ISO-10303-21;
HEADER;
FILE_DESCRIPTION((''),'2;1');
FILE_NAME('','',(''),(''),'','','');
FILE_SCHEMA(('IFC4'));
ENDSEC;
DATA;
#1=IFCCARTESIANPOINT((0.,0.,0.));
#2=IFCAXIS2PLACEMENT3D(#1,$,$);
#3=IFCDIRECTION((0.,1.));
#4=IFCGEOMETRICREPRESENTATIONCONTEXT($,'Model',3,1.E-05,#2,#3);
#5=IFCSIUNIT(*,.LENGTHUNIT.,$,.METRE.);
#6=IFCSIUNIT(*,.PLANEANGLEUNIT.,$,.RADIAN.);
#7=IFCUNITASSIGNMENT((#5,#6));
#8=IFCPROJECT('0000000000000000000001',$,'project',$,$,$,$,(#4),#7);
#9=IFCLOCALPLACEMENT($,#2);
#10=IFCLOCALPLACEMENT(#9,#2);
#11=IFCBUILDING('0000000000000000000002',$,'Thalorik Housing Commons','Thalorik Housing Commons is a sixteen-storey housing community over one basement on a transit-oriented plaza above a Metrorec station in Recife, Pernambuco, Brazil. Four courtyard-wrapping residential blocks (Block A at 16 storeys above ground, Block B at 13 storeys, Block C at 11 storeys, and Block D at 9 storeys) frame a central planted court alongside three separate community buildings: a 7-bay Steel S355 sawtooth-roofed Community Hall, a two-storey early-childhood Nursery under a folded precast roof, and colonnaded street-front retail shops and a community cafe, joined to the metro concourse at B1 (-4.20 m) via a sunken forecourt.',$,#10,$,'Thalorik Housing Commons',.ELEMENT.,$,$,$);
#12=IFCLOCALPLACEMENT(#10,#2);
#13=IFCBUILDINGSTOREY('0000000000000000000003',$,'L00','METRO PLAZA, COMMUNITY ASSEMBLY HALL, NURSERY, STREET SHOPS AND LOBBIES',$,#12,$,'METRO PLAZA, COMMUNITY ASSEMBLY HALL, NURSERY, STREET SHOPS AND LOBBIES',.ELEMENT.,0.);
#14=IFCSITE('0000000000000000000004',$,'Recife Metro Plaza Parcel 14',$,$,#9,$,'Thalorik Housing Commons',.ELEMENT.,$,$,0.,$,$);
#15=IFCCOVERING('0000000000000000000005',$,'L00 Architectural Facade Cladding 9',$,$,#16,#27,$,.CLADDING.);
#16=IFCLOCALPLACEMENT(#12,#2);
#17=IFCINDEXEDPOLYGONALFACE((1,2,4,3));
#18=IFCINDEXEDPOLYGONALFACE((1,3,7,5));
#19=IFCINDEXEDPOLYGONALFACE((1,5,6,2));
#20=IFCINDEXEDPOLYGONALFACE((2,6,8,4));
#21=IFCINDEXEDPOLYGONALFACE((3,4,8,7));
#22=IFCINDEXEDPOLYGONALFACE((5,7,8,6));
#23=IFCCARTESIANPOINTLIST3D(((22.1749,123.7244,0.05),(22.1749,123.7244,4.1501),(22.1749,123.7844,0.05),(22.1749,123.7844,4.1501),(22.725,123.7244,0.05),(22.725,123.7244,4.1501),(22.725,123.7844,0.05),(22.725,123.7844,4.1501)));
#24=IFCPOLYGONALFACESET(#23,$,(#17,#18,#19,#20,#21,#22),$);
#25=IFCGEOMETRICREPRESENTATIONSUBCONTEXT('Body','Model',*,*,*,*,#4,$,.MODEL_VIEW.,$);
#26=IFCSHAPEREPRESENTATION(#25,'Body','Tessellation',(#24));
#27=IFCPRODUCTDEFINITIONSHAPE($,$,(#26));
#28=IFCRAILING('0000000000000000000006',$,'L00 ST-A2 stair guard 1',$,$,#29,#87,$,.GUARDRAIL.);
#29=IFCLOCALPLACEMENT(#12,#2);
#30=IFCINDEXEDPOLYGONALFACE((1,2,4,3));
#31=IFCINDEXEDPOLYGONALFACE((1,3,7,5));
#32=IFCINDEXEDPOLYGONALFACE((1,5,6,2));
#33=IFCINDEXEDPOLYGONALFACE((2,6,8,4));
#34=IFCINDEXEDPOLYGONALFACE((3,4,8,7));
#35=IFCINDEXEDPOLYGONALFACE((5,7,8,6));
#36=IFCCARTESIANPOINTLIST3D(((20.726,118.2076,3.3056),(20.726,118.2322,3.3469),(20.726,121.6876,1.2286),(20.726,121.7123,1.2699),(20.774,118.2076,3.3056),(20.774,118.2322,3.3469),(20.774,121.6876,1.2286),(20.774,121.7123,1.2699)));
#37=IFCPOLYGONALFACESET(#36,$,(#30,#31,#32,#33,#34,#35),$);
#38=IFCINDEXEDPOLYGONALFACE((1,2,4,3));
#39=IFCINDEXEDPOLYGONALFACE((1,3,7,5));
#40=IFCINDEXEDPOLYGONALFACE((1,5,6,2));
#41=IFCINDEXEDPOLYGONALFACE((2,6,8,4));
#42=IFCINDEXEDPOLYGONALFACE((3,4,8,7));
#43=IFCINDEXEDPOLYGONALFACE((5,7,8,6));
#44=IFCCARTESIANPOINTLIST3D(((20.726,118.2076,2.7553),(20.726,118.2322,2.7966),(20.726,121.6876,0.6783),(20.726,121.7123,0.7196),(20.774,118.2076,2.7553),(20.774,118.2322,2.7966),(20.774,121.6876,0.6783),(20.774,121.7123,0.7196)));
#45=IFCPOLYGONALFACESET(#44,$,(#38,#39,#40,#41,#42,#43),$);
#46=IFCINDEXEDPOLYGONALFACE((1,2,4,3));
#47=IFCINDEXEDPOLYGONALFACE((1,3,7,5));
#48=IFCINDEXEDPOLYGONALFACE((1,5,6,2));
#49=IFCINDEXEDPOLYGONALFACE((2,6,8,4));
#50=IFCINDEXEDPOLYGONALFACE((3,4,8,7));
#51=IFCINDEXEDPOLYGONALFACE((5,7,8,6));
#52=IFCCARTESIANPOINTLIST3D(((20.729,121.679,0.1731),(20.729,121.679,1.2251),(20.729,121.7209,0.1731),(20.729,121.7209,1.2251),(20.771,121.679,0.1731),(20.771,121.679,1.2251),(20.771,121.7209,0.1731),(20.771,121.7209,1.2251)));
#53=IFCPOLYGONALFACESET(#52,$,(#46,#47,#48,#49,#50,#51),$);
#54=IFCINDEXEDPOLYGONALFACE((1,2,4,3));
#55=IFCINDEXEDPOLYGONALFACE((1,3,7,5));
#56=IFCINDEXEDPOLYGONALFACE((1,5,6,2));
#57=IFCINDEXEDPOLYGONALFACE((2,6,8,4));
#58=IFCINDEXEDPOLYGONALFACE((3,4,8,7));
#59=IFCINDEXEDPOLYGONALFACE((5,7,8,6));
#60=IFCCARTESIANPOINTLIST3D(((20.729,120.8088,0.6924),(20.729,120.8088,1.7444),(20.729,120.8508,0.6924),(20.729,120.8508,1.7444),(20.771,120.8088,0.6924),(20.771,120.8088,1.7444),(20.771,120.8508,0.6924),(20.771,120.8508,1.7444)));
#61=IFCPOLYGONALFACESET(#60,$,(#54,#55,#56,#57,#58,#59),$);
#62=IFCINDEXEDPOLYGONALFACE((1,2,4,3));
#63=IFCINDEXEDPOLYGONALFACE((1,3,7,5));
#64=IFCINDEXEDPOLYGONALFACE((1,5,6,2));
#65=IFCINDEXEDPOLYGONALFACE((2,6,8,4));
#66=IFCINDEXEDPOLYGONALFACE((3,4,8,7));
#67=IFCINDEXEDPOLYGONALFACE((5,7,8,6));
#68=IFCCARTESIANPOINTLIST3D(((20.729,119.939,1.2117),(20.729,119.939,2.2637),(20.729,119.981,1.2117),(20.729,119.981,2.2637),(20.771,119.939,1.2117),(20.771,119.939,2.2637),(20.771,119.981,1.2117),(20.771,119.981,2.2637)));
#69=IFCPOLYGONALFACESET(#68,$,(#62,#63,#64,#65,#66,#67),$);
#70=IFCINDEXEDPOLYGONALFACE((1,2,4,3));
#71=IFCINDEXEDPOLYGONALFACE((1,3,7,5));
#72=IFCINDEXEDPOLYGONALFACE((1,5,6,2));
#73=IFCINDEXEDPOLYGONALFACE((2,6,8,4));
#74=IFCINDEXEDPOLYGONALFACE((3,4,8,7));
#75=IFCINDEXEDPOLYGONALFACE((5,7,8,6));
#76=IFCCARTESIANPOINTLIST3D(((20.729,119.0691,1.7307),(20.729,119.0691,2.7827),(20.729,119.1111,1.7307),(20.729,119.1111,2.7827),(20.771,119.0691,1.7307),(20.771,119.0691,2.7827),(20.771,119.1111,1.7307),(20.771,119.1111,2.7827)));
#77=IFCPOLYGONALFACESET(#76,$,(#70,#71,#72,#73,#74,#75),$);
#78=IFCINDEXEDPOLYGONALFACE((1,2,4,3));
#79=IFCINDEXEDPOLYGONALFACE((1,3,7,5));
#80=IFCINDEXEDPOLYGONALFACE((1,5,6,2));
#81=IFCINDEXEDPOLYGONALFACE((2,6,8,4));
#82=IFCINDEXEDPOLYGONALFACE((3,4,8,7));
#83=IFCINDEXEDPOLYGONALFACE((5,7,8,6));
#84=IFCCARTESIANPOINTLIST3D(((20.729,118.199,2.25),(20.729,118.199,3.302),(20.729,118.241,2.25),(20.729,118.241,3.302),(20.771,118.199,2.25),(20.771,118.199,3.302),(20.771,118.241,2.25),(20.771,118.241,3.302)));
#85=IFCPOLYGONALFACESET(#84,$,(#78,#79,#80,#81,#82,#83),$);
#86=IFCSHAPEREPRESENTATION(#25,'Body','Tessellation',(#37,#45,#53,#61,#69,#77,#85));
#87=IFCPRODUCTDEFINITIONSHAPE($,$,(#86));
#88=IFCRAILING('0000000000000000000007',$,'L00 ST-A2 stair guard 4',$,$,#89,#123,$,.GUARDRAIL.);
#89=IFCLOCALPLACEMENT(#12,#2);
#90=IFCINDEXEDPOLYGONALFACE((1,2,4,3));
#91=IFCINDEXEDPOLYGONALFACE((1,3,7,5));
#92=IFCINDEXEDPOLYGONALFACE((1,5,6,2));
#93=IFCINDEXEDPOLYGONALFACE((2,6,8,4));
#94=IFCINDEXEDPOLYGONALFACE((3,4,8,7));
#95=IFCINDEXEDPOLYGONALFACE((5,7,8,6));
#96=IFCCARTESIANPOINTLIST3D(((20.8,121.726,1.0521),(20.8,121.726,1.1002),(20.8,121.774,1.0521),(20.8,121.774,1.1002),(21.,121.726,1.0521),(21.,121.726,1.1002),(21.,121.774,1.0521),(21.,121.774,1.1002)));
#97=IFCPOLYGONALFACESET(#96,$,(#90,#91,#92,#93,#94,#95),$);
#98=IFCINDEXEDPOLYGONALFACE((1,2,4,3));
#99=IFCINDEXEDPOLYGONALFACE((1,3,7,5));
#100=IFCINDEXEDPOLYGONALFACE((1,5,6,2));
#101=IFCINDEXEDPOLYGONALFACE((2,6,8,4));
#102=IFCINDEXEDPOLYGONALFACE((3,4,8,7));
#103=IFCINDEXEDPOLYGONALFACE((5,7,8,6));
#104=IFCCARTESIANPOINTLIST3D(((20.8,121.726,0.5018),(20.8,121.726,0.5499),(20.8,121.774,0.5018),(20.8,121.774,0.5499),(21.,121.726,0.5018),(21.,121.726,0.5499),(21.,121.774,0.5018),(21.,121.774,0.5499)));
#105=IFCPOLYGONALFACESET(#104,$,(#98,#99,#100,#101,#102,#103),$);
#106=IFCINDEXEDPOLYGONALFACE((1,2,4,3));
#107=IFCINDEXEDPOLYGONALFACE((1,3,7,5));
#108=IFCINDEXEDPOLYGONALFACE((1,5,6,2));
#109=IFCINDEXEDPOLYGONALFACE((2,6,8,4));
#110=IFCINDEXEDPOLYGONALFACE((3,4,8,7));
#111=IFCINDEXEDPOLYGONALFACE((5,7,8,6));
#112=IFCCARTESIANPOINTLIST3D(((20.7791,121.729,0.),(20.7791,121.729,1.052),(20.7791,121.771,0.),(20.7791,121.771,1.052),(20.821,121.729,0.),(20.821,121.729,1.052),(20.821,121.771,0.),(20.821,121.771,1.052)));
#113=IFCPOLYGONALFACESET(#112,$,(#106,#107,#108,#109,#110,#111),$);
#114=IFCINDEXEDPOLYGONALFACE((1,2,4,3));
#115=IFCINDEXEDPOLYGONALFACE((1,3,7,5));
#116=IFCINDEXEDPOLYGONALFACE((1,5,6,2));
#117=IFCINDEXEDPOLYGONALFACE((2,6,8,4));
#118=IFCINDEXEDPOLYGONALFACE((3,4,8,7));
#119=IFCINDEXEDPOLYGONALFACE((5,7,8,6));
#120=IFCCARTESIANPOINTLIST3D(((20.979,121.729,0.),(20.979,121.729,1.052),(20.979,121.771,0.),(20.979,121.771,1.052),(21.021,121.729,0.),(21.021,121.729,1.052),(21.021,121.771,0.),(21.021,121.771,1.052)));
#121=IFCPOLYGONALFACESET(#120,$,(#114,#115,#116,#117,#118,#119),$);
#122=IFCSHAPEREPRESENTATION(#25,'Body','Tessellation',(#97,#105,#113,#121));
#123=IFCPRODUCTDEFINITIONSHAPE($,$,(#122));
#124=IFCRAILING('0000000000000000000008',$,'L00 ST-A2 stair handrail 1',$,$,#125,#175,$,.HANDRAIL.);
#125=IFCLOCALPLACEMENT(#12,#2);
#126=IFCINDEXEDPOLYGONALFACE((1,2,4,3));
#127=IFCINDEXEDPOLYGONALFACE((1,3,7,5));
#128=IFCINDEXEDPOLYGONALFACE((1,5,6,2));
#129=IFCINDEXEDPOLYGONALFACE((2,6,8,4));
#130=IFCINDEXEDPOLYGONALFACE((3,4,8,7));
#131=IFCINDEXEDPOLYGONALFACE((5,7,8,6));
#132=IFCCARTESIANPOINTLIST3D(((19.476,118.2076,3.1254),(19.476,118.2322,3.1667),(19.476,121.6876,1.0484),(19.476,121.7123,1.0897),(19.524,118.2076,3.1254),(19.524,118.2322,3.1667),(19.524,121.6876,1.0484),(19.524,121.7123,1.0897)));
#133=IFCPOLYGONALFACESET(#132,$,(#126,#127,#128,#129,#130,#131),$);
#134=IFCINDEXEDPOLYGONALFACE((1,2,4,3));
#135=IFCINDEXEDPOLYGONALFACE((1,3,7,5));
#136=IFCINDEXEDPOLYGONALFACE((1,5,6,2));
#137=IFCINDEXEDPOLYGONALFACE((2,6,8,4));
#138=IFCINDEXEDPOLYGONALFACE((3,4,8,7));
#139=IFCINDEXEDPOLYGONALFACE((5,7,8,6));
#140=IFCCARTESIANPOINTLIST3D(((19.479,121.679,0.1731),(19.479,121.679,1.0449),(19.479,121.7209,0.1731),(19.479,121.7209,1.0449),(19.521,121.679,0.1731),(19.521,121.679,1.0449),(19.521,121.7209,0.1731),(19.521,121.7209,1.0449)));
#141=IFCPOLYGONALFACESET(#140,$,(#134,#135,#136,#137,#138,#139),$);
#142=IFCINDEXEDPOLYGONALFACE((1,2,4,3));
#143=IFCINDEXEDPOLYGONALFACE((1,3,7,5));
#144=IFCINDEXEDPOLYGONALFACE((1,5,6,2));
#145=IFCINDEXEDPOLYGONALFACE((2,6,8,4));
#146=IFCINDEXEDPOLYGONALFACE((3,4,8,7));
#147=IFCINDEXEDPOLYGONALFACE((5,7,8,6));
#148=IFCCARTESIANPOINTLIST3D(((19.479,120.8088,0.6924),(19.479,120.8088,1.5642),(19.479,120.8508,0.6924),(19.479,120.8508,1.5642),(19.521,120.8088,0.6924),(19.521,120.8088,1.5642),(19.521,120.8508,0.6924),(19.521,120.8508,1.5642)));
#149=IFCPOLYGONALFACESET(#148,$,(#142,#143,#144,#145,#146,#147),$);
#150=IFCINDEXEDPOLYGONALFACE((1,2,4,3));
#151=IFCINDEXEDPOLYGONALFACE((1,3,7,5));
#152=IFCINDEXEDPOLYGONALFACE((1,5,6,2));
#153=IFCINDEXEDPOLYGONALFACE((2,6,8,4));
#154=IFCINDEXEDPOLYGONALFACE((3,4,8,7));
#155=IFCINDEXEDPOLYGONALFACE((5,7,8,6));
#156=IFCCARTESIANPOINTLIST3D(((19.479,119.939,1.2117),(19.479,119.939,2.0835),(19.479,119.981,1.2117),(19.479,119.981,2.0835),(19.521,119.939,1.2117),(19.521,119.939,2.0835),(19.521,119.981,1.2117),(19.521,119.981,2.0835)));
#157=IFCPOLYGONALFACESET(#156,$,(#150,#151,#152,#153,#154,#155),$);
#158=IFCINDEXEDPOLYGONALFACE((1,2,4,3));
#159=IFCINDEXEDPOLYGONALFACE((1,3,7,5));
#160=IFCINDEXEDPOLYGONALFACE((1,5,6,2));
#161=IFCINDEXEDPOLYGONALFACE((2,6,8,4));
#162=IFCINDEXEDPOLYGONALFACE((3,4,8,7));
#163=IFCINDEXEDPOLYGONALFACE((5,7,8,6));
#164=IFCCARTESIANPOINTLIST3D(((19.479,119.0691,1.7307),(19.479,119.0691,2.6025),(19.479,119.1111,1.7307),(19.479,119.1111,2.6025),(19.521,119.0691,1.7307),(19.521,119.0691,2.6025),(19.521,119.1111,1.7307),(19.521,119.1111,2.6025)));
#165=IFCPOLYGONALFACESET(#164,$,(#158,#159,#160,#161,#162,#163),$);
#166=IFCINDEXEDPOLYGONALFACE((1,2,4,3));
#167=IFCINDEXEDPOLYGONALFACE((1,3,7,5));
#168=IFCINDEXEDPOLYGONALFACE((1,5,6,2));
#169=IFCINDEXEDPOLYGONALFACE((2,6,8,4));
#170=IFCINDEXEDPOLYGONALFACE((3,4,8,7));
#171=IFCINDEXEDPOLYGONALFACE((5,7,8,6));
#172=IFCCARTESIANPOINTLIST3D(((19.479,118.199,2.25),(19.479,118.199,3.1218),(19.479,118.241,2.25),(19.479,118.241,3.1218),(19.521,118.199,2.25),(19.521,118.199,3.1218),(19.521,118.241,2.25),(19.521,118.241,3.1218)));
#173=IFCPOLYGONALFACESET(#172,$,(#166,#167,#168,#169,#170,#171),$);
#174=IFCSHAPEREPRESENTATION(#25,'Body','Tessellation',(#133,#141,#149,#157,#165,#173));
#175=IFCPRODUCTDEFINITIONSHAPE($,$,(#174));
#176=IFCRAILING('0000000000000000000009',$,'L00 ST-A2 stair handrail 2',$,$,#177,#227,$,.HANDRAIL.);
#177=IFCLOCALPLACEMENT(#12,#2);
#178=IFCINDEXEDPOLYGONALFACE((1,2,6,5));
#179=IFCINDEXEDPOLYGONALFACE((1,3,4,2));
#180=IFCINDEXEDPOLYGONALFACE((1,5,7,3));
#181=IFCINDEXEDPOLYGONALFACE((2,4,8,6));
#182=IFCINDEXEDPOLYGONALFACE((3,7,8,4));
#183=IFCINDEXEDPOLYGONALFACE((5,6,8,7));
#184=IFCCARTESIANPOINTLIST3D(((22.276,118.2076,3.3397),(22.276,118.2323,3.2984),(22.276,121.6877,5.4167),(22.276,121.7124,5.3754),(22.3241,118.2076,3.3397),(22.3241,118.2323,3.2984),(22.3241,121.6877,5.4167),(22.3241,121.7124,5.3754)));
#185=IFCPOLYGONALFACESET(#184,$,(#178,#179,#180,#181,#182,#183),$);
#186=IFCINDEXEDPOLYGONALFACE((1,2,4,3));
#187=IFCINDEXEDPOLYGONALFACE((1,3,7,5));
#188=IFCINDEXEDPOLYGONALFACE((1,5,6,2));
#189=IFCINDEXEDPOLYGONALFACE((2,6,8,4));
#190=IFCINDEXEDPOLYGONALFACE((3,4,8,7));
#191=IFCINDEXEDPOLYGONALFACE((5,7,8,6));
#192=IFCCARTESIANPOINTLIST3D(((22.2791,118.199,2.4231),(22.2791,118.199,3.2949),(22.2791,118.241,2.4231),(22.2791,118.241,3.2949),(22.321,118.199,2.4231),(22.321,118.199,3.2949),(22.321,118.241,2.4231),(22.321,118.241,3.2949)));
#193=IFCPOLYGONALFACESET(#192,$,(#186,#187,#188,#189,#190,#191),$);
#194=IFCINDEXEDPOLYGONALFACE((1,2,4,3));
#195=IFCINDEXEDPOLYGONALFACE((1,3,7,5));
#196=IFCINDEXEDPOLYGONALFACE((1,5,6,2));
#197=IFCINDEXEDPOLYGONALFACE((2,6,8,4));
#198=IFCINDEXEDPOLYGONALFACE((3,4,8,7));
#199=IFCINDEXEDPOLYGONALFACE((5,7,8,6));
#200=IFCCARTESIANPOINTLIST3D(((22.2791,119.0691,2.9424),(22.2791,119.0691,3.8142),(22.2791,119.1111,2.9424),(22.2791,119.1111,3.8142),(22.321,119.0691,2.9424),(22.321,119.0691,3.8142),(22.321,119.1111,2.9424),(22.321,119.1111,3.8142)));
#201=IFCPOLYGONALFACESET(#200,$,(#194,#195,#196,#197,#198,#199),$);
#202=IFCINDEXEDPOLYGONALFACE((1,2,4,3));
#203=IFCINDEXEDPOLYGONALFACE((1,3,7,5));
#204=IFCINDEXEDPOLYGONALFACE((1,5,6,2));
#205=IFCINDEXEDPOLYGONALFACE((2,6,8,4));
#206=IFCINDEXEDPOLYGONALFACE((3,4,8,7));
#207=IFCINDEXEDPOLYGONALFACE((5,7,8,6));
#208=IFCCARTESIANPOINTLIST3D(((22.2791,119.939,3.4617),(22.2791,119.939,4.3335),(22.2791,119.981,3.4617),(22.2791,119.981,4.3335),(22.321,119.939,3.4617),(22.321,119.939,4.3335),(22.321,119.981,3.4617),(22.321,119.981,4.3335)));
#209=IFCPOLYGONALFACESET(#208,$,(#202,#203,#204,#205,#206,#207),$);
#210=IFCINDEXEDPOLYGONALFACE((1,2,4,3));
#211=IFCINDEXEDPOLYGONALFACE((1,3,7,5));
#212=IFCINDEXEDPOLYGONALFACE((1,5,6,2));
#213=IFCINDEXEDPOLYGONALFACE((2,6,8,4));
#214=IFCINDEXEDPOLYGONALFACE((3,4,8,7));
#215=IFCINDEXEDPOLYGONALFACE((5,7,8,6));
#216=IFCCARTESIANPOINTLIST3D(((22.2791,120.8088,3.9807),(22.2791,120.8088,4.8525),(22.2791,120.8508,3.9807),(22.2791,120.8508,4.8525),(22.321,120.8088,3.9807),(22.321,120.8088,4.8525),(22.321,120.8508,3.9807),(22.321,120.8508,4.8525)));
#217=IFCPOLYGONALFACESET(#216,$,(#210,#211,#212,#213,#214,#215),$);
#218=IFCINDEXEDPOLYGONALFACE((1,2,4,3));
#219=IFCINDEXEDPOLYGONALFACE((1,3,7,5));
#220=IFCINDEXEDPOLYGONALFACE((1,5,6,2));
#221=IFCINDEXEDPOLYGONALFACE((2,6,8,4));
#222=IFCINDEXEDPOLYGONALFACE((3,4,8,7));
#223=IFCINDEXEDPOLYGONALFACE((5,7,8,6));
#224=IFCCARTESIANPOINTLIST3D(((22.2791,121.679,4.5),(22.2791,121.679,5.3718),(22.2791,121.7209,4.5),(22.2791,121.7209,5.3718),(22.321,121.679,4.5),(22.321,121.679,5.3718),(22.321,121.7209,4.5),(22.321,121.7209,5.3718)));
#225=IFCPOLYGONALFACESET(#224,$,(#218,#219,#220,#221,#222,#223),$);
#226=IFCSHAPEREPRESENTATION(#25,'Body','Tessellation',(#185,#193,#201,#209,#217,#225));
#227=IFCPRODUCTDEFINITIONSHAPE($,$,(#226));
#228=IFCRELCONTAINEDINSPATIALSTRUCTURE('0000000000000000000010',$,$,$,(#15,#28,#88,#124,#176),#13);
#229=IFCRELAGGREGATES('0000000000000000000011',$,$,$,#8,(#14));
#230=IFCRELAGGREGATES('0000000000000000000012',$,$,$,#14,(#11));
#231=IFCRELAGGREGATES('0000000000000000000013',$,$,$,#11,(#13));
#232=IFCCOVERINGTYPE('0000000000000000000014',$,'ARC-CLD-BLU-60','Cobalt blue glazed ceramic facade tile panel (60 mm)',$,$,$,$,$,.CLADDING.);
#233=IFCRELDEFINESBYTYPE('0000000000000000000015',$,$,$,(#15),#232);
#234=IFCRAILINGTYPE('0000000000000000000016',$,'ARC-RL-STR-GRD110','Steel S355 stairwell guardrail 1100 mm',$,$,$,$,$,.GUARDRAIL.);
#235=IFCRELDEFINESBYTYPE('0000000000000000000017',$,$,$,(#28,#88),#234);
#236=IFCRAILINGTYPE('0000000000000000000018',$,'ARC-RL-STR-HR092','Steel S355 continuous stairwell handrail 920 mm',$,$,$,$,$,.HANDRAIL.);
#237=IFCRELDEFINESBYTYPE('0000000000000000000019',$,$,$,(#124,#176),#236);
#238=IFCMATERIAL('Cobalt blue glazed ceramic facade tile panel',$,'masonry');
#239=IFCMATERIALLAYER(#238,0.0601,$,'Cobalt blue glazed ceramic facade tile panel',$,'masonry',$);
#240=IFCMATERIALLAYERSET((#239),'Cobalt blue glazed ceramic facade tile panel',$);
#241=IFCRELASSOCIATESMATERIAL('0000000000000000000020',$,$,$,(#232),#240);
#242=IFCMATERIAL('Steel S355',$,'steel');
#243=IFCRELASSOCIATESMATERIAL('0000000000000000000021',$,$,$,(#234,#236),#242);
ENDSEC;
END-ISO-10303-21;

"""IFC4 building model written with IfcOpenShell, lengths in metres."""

from ifc_helpers import new_model, si_unit, direction, frame, origin, origin_2d, place, context, subcontext, project, spatial, rectangle, extrude, material, layer, layer_set, type_object, element, save


model = new_model("IFC4")

# Units and contexts
model_context = context("Model", 3, precision=1e-05, world=origin(), true_north=direction((0.0, 1.0)))
body_context = subcontext(model_context, "Body", "Model", "MODEL_VIEW")
ifc_project = project(units=[si_unit("LENGTHUNIT", "METRE"), si_unit("PLANEANGLEUNIT", "RADIAN")], contexts=[model_context])

# Site, building, storey
site_placement = place(None, origin())
site = spatial("IfcSite", under=ifc_project, at=site_placement, Name="Recife Metro Plaza Parcel 14", LongName="Thalorik Housing Commons", CompositionType="ELEMENT", RefElevation=0.0)
building_placement = place(site_placement, origin())
building = spatial("IfcBuilding", under=site, at=building_placement, Name="Thalorik Housing Commons", Description="Thalorik Housing Commons is a sixteen-storey housing community over one basement on a transit-oriented plaza above a Metrorec station in Recife, Pernambuco, Brazil. Four courtyard-wrapping residential blocks (Block A at 16 storeys above ground, Block B at 13 storeys, Block C at 11 storeys, and Block D at 9 storeys) frame a central planted court alongside three separate community buildings: a 7-bay Steel S355 sawtooth-roofed Community Hall, a two-storey early-childhood Nursery under a folded precast roof, and colonnaded street-front retail shops and a community cafe, joined to the metro concourse at B1 (-4.20 m) via a sunken forecourt.", LongName="Thalorik Housing Commons", CompositionType="ELEMENT")
storey_placement = place(building_placement, origin())
storey = spatial("IfcBuildingStorey", under=building, at=storey_placement, Name="L00", Description="METRO PLAZA, COMMUNITY ASSEMBLY HALL, NURSERY, STREET SHOPS AND LOBBIES", LongName="METRO PLAZA, COMMUNITY ASSEMBLY HALL, NURSERY, STREET SHOPS AND LOBBIES", CompositionType="ELEMENT", Elevation=0.0)

# Shared definitions
ifc_material_1 = material(Name="Steel S355", Category="steel")

# Covering
ifc_material_2 = material(Name="Cobalt blue glazed ceramic facade tile panel", Category="masonry")
ifc_layer_1 = layer(ifc_material_2, 0.0601, Name="Cobalt blue glazed ceramic facade tile panel", Category="masonry")
ifc_layer_set_1 = layer_set([ifc_layer_1], Name="Cobalt blue glazed ceramic facade tile panel")
covering_type = type_object("IfcCoveringType", Name="ARC-CLD-BLU-60", Description="Cobalt blue glazed ceramic facade tile panel (60 mm)", PredefinedType="CLADDING", material=ifc_layer_set_1)
covering_placement = place(storey_placement, frame((22.45, 123.7544, 0.05), z_axis=(0.0, 0.0, 1.0), x_axis=(-1.0, 0.0, 0.0)))
element("IfcCovering", 1, at=covering_placement, inside=storey, type_object=covering_type, Name="L00 Architectural Facade Cladding 9", PredefinedType="CLADDING", context=body_context, shape_type="SweptSolid", body=[
    extrude(rectangle(XDim=0.55, YDim=0.0601, at=origin_2d()), origin(), (0.0, 0.0, 1.0), 4.1001),
])

# Railings
railing_type_1 = type_object("IfcRailingType", Name="ARC-RL-STR-GRD110", Description="Steel S355 stairwell guardrail 1100 mm", PredefinedType="GUARDRAIL", material=ifc_material_1)
railing_1_placement = place(storey_placement, frame((20.75, 121.7, 0.1731)))
element("IfcRailing", 2, at=railing_1_placement, inside=storey, type_object=railing_type_1, Name="L00 ST-A2 stair guard 1", PredefinedType="GUARDRAIL", context=body_context, shape_type="SweptSolid", body=[
    extrude(rectangle(XDim=0.0481, YDim=0.0481, at=origin_2d()), frame((0.0, 0.0, 1.0762), z_axis=(0.0, -0.858697, 0.512483), x_axis=(1.0, 0.0, 0.0)), (0.0, 0.0, 1.0), 4.0527),
    extrude(rectangle(XDim=0.0481, YDim=0.0481, at=origin_2d()), frame((0.0, 0.0, 0.5259), z_axis=(0.0, -0.858697, 0.512483), x_axis=(1.0, 0.0, 0.0)), (0.0, 0.0, 1.0), 4.0527),
    extrude(rectangle(XDim=0.042, YDim=0.042, at=origin_2d()), origin(), (0.0, 0.0, 1.0), 1.052),
    extrude(rectangle(XDim=0.042, YDim=0.042, at=origin_2d()), frame((0.0, -0.8701, 0.5193)), (0.0, 0.0, 1.0), 1.052),
    extrude(rectangle(XDim=0.042, YDim=0.042, at=origin_2d()), frame((0.0, -1.74, 1.0386)), (0.0, 0.0, 1.0), 1.052),
    extrude(rectangle(XDim=0.042, YDim=0.042, at=origin_2d()), frame((0.0, -2.6099, 1.5576)), (0.0, 0.0, 1.0), 1.052),
    extrude(rectangle(XDim=0.042, YDim=0.042, at=origin_2d()), frame((0.0, -3.48, 2.0769)), (0.0, 0.0, 1.0), 1.052),
])
railing_2_placement = place(storey_placement, frame((20.8, 121.75, 0.0)))
element("IfcRailing", 3, at=railing_2_placement, inside=storey, type_object=railing_type_1, Name="L00 ST-A2 stair guard 4", PredefinedType="GUARDRAIL", context=body_context, shape_type="SweptSolid", body=[
    extrude(rectangle(XDim=0.0481, YDim=0.0481, at=origin_2d()), frame((0.0, 0.0, 1.0762), z_axis=(1.0, 0.0, 0.0), x_axis=(0.0, 1.0, 0.0)), (0.0, 0.0, 1.0), 0.2),
    extrude(rectangle(XDim=0.0481, YDim=0.0481, at=origin_2d()), frame((0.0, 0.0, 0.5259), z_axis=(1.0, 0.0, 0.0), x_axis=(0.0, 1.0, 0.0)), (0.0, 0.0, 1.0), 0.2),
    extrude(rectangle(XDim=0.042, YDim=0.042, at=origin_2d()), origin(), (0.0, 0.0, 1.0), 1.052),
    extrude(rectangle(XDim=0.042, YDim=0.042, at=origin_2d()), frame((0.2, 0.0, 0.0)), (0.0, 0.0, 1.0), 1.052),
])
railing_type_2 = type_object("IfcRailingType", Name="ARC-RL-STR-HR092", Description="Steel S355 continuous stairwell handrail 920 mm", PredefinedType="HANDRAIL", material=ifc_material_1)
railing_3_placement = place(storey_placement, frame((19.5, 121.7, 0.1731)))
element("IfcRailing", 4, at=railing_3_placement, inside=storey, type_object=railing_type_2, Name="L00 ST-A2 stair handrail 1", PredefinedType="HANDRAIL", context=body_context, shape_type="SweptSolid", body=[
    extrude(rectangle(XDim=0.0481, YDim=0.0481, at=origin_2d()), frame((0.0, 0.0, 0.896), z_axis=(0.0, -0.858697, 0.512483), x_axis=(1.0, 0.0, 0.0)), (0.0, 0.0, 1.0), 4.0527),
    extrude(rectangle(XDim=0.042, YDim=0.042, at=origin_2d()), origin(), (0.0, 0.0, 1.0), 0.8718),
    extrude(rectangle(XDim=0.042, YDim=0.042, at=origin_2d()), frame((0.0, -0.8701, 0.5193)), (0.0, 0.0, 1.0), 0.8718),
    extrude(rectangle(XDim=0.042, YDim=0.042, at=origin_2d()), frame((0.0, -1.74, 1.0386)), (0.0, 0.0, 1.0), 0.8718),
    extrude(rectangle(XDim=0.042, YDim=0.042, at=origin_2d()), frame((0.0, -2.6099, 1.5576)), (0.0, 0.0, 1.0), 0.8718),
    extrude(rectangle(XDim=0.042, YDim=0.042, at=origin_2d()), frame((0.0, -3.48, 2.0769)), (0.0, 0.0, 1.0), 0.8718),
])
railing_4_placement = place(storey_placement, frame((22.3, 118.22, 2.4231)))
element("IfcRailing", 5, at=railing_4_placement, inside=storey, type_object=railing_type_2, Name="L00 ST-A2 stair handrail 2", PredefinedType="HANDRAIL", context=body_context, shape_type="SweptSolid", body=[
    extrude(rectangle(XDim=0.0481, YDim=0.0481, at=origin_2d()), frame((0.0, 0.0, 0.896), z_axis=(0.0, 0.858697, 0.512483), x_axis=(-1.0, 0.0, 0.0)), (0.0, 0.0, 1.0), 4.0527),
    extrude(rectangle(XDim=0.042, YDim=0.042, at=origin_2d()), origin(), (0.0, 0.0, 1.0), 0.8718),
    extrude(rectangle(XDim=0.042, YDim=0.042, at=origin_2d()), frame((0.0, 0.8701, 0.5193)), (0.0, 0.0, 1.0), 0.8718),
    extrude(rectangle(XDim=0.042, YDim=0.042, at=origin_2d()), frame((0.0, 1.74, 1.0386)), (0.0, 0.0, 1.0), 0.8718),
    extrude(rectangle(XDim=0.042, YDim=0.042, at=origin_2d()), frame((0.0, 2.6099, 1.5576)), (0.0, 0.0, 1.0), 0.8718),
    extrude(rectangle(XDim=0.042, YDim=0.042, at=origin_2d()), frame((0.0, 3.48, 2.0769)), (0.0, 0.0, 1.0), 0.8718),
])

save(model, "model.ifc")
